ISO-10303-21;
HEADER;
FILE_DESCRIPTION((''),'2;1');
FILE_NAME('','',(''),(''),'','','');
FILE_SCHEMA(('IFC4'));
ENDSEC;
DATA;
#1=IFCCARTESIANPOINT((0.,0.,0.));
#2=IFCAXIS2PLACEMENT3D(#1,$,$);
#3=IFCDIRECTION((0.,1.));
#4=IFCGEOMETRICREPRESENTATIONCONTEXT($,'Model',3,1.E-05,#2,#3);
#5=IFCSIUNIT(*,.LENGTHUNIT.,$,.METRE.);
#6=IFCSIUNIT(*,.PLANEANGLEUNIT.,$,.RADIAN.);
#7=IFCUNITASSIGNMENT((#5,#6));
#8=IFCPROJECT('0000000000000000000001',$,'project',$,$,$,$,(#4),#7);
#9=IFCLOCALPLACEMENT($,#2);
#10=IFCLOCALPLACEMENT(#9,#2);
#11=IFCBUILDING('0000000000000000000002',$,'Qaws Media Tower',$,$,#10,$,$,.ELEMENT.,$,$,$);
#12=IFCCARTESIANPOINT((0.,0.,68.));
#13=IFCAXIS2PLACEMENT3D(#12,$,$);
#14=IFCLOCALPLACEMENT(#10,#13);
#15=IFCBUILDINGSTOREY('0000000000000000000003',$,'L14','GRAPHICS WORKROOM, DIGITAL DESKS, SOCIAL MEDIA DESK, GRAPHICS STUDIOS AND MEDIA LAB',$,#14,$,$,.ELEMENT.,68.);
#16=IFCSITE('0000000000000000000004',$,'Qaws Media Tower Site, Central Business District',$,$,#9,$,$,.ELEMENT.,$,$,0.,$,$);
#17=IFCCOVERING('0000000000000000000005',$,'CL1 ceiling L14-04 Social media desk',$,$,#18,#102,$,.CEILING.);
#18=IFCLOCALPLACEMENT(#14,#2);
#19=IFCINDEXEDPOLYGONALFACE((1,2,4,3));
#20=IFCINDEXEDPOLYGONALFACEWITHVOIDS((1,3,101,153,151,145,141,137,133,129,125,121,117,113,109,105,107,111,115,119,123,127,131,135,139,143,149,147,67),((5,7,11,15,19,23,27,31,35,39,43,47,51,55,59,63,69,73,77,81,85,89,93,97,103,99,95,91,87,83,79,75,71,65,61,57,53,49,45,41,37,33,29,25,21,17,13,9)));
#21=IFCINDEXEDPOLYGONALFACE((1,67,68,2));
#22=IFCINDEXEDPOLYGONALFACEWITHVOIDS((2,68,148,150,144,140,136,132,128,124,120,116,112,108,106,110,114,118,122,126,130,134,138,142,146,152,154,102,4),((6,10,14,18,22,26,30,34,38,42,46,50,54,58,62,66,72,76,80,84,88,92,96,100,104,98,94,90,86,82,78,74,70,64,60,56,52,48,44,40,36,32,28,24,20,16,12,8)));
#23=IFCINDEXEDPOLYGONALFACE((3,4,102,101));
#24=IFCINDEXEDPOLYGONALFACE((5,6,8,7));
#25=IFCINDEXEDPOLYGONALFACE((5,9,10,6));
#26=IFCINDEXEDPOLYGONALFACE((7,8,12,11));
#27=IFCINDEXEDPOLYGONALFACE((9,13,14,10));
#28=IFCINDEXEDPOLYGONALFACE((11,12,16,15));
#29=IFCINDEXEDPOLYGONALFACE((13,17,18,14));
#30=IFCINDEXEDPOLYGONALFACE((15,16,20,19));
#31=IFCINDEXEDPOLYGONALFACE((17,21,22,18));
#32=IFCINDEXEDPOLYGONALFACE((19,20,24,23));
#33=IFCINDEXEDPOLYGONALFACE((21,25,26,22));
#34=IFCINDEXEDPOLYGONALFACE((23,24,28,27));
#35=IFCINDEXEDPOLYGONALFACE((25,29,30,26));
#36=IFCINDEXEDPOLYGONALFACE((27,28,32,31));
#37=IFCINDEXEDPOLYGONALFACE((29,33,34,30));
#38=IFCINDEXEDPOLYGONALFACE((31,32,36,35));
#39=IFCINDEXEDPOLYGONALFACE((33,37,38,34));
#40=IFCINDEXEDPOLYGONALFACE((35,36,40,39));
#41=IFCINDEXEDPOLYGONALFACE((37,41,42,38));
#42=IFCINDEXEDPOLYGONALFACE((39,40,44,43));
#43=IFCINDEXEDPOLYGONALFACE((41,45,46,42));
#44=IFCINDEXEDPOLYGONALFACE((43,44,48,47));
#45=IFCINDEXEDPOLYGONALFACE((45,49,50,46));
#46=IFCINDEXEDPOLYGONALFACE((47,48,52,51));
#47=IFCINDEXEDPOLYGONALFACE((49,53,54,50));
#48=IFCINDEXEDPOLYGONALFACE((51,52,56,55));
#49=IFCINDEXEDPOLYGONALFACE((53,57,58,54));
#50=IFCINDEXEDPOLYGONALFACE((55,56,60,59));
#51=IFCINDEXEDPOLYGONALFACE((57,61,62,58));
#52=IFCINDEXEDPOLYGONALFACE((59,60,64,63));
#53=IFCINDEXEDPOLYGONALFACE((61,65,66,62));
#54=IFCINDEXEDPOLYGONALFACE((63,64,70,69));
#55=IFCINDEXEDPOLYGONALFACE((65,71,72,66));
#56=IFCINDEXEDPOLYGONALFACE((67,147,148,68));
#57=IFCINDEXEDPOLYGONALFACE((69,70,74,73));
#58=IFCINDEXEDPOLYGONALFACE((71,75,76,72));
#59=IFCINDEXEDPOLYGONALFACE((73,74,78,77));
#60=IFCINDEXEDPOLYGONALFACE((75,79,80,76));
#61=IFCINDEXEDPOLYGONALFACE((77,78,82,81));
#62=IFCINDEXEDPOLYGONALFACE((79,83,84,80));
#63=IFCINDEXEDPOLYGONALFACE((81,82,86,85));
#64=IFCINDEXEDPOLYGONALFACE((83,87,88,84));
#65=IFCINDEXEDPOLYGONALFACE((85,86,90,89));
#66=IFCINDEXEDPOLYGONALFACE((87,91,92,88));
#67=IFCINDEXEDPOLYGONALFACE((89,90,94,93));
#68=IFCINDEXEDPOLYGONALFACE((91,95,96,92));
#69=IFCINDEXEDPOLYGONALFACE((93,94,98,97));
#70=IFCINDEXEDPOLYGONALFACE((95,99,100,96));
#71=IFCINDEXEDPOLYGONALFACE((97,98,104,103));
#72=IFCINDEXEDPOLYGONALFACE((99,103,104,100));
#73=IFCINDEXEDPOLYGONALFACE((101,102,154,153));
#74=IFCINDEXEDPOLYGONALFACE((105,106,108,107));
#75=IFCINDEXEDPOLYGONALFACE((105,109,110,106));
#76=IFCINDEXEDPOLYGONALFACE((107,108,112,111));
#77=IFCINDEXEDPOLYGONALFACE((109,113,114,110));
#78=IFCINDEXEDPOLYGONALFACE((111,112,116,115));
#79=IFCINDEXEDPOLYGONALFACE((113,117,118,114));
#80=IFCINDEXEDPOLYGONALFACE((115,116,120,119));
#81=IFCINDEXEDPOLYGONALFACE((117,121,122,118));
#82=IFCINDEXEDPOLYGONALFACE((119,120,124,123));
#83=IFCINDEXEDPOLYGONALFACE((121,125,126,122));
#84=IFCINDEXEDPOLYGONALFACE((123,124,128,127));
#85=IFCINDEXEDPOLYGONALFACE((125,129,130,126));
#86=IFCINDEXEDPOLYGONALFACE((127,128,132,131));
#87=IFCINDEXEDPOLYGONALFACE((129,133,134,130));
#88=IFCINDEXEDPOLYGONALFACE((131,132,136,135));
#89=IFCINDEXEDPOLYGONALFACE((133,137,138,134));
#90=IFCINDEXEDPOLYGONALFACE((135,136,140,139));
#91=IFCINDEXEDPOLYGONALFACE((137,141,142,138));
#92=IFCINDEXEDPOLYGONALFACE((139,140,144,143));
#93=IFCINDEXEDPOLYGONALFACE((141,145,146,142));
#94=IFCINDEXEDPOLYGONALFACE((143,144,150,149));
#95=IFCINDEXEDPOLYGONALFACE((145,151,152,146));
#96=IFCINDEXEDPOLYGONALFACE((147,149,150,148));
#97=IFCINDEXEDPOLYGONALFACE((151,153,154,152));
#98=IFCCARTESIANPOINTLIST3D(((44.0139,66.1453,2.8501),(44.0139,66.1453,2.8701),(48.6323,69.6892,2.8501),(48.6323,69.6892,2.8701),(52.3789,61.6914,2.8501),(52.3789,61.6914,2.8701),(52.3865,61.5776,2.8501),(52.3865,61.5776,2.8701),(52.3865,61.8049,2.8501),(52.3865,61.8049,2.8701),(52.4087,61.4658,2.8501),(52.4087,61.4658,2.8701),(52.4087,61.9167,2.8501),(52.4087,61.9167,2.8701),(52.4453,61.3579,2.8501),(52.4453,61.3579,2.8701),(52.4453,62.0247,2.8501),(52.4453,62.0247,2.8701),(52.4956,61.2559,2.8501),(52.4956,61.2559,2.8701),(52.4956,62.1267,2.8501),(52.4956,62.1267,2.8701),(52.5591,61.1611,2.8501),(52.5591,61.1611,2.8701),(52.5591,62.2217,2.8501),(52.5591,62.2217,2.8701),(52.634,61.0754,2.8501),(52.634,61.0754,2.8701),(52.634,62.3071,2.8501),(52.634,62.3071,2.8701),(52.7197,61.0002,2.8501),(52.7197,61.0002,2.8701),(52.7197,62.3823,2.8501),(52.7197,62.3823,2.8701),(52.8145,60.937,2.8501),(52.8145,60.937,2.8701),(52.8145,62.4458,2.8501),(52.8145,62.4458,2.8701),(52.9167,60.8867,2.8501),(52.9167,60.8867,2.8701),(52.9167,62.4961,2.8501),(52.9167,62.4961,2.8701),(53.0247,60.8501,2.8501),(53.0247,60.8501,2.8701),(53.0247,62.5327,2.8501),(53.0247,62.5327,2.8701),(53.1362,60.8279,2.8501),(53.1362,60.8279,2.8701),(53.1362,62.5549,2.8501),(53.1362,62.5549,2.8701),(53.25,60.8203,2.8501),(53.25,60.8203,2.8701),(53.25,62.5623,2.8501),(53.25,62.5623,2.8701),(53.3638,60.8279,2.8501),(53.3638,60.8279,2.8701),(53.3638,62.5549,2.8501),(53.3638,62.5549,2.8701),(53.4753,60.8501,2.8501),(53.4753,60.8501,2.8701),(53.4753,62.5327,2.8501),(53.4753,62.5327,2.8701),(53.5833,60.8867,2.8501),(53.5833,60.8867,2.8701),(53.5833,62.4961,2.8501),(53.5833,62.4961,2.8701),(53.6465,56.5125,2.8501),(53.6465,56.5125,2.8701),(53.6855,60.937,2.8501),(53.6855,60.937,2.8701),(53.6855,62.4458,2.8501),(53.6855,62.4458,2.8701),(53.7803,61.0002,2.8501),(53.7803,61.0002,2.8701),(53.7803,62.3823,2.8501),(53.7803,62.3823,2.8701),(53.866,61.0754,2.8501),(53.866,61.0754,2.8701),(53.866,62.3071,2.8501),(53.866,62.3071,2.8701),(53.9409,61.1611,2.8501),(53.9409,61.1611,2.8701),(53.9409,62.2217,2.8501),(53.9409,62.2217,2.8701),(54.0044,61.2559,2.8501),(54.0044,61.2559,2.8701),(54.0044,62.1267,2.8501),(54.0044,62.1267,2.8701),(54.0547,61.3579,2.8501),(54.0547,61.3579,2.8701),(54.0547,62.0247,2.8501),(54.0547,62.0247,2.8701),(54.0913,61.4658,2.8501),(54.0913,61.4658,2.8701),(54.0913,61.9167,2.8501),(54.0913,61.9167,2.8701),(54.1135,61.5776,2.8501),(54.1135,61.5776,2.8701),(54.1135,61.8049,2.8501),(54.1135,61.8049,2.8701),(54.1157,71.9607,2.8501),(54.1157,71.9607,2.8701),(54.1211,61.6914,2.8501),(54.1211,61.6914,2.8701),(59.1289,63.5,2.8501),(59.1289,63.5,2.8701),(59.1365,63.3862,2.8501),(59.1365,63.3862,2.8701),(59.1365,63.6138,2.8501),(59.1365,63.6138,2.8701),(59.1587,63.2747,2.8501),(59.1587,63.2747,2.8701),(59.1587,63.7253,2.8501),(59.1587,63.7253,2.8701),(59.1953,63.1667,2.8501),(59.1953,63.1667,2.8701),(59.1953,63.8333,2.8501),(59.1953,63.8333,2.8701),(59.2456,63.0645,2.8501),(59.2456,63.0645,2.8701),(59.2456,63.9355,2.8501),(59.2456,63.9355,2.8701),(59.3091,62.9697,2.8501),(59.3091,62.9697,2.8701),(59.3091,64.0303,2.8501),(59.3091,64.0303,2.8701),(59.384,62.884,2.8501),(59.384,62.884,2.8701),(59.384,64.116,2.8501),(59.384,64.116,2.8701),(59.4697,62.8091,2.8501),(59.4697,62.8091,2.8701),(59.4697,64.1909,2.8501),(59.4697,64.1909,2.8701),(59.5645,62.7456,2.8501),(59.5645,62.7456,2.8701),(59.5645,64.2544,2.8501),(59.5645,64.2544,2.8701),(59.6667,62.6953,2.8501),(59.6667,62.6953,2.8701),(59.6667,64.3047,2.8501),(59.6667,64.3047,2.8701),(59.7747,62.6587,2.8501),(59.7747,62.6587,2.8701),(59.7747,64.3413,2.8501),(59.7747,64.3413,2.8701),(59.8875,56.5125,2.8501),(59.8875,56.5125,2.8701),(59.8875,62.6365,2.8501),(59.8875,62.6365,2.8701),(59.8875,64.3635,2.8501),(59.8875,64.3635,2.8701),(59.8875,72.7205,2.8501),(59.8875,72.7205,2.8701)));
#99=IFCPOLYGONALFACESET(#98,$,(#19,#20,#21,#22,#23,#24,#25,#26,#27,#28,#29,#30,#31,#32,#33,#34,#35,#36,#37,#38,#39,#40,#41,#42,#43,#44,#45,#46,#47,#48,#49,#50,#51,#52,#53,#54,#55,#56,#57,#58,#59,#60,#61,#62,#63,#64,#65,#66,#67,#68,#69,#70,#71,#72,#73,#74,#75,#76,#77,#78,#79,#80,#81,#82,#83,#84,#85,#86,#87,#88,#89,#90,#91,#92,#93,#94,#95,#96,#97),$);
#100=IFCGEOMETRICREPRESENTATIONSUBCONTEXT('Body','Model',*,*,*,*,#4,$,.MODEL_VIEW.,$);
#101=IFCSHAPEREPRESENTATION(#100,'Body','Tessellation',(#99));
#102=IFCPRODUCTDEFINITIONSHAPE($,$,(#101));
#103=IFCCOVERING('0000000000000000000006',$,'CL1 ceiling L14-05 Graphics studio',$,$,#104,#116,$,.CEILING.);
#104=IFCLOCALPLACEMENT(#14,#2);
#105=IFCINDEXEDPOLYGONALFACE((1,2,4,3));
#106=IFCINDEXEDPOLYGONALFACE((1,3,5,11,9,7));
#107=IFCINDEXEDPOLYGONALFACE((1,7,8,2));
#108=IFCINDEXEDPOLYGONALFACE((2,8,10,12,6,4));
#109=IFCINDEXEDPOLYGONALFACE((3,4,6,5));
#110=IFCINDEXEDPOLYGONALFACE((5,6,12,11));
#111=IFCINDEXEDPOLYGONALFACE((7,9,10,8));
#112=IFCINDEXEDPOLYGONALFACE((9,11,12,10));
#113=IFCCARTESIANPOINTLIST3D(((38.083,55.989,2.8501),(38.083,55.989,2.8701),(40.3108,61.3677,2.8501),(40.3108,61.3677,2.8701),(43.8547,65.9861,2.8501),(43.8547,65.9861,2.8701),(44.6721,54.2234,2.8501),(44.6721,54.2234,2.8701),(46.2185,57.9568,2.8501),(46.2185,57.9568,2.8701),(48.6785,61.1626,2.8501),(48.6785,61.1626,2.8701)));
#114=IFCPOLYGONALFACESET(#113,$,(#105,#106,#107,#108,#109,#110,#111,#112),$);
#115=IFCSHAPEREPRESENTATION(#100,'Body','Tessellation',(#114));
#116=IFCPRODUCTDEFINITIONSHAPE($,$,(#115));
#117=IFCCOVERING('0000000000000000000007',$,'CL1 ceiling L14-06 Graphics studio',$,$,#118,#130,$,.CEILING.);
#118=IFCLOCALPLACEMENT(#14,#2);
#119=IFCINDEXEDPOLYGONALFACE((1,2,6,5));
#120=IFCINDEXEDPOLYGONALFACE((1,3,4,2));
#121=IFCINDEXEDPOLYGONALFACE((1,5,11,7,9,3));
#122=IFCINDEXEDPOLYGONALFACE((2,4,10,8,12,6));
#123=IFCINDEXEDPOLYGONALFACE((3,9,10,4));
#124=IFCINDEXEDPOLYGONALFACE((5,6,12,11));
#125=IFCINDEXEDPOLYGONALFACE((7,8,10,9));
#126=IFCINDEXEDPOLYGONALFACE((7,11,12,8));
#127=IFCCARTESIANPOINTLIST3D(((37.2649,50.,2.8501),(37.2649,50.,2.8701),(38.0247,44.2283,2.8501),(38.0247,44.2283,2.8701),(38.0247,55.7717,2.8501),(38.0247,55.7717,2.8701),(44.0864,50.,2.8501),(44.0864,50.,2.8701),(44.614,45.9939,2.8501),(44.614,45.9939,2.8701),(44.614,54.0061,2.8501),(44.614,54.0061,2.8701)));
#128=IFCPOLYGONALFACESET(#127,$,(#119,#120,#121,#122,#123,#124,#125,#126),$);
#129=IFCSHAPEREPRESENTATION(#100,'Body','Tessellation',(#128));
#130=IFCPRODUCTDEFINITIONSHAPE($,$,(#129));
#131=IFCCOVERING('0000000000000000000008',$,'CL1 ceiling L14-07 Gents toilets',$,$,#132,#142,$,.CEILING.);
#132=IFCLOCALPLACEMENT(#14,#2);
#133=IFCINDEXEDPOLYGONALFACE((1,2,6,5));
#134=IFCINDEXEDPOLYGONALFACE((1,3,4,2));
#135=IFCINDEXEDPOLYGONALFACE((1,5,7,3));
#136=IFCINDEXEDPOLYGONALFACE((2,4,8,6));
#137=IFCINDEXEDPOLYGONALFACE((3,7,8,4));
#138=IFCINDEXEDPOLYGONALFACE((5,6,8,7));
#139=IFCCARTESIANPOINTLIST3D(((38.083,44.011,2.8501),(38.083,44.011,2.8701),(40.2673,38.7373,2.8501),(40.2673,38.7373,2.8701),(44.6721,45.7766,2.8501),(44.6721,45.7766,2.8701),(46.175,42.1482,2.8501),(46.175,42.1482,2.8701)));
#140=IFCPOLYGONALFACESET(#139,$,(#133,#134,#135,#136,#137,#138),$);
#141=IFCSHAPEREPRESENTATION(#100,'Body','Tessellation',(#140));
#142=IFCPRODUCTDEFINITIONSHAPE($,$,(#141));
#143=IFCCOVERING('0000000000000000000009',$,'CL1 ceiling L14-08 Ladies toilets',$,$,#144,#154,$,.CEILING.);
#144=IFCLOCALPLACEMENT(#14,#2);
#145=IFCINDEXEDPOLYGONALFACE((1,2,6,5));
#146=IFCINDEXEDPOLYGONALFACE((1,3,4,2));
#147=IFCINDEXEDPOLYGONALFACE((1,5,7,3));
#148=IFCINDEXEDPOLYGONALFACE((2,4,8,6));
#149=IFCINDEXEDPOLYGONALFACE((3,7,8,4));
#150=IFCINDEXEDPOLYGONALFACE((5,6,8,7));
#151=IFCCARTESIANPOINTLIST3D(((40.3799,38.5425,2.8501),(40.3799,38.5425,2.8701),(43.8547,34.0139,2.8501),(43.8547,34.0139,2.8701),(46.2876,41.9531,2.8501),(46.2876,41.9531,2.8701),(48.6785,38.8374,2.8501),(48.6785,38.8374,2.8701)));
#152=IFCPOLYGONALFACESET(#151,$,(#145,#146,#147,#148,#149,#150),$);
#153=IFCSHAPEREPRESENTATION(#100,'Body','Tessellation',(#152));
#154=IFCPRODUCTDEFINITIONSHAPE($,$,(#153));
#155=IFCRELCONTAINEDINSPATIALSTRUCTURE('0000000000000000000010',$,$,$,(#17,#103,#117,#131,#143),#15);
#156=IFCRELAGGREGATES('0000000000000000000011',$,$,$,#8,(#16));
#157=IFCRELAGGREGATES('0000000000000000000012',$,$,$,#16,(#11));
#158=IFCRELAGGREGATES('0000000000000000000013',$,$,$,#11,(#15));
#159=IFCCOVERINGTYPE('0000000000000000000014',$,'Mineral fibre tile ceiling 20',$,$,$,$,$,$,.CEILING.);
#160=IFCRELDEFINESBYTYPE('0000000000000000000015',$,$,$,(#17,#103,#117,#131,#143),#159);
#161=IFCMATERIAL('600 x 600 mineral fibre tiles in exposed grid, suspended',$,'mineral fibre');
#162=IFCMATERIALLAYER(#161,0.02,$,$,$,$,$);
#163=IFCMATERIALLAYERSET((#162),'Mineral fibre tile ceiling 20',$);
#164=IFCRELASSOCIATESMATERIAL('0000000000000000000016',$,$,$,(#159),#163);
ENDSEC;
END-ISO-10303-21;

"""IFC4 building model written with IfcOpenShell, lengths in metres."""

from ifc_helpers import new_model, si_unit, direction, frame, origin, place, context, subcontext, project, spatial, polyline, outline, extrude, material, layer, layer_set, type_object, element, save


model = new_model("IFC4")

# Units and contexts
model_context = context("Model", 3, precision=1e-05, world=origin(), true_north=direction((0.0, 1.0)))
body_context = subcontext(model_context, "Body", "Model", "MODEL_VIEW")
ifc_project = project(units=[si_unit("LENGTHUNIT", "METRE"), si_unit("PLANEANGLEUNIT", "RADIAN")], contexts=[model_context])

# Site, building, storey
site_placement = place(None, origin())
site = spatial("IfcSite", under=ifc_project, at=site_placement, Name="Qaws Media Tower Site, Central Business District", CompositionType="ELEMENT", RefElevation=0.0)
building_placement = place(site_placement, origin())
building = spatial("IfcBuilding", under=site, at=building_placement, Name="Qaws Media Tower", CompositionType="ELEMENT")
storey_placement = place(building_placement, frame((0.0, 0.0, 68.0)))
storey = spatial("IfcBuildingStorey", under=building, at=storey_placement, Name="L14", Description="GRAPHICS WORKROOM, DIGITAL DESKS, SOCIAL MEDIA DESK, GRAPHICS STUDIOS AND MEDIA LAB", CompositionType="ELEMENT", Elevation=68.0)

# Coverings
ifc_material_1 = material(Name="600 x 600 mineral fibre tiles in exposed grid, suspended", Category="mineral fibre")
ifc_layer_1 = layer(ifc_material_1, 0.02)
ifc_layer_set_1 = layer_set([ifc_layer_1], Name="Mineral fibre tile ceiling 20")
covering_type_1 = type_object("IfcCoveringType", Name="Mineral fibre tile ceiling 20", PredefinedType="CEILING", material=ifc_layer_set_1)
covering_1_placement = place(storey_placement, frame((0.0, 0.0, 2.8501)))
element("IfcCovering", 1, at=covering_1_placement, inside=storey, type_object=covering_type_1, Name="CL1 ceiling L14-04 Social media desk", PredefinedType="CEILING", context=body_context, shape_type="SweptSolid", body=[
    extrude(outline(polyline([(48.6323, 69.6892), (54.1157, 71.9607), (59.8875, 72.7205), (59.8875, 64.3635), (59.7747, 64.3413), (59.6667, 64.3047), (59.5645, 64.2544), (59.4697, 64.1909), (59.384, 64.116), (59.3091, 64.0303), (59.2456, 63.9355), (59.1953, 63.8333), (59.1587, 63.7253), (59.1365, 63.6138), (59.1289, 63.5), (59.1365, 63.3862), (59.1587, 63.2747), (59.1953, 63.1667), (59.2456, 63.0645), (59.3091, 62.9697), (59.384, 62.884), (59.4697, 62.8091), (59.5645, 62.7456), (59.6667, 62.6953), (59.7747, 62.6587), (59.8875, 62.6365), (59.8875, 56.5125), (53.6465, 56.5125), (44.0139, 66.1453), (48.6323, 69.6892)]), holes=[polyline([(54.0547, 61.3579), (54.0913, 61.4658), (54.1135, 61.5776), (54.1211, 61.6914), (54.1135, 61.8049), (54.0913, 61.9167), (54.0547, 62.0247), (54.0044, 62.1267), (53.9409, 62.2217), (53.866, 62.3071), (53.7803, 62.3823), (53.6855, 62.4458), (53.5833, 62.4961), (53.4753, 62.5327), (53.3638, 62.5549), (53.25, 62.5623), (53.1362, 62.5549), (53.0247, 62.5327), (52.9167, 62.4961), (52.8145, 62.4458), (52.7197, 62.3823), (52.634, 62.3071), (52.5591, 62.2217), (52.4956, 62.1267), (52.4453, 62.0247), (52.4087, 61.9167), (52.3865, 61.8049), (52.3789, 61.6914), (52.3865, 61.5776), (52.4087, 61.4658), (52.4453, 61.3579), (52.4956, 61.2559), (52.5591, 61.1611), (52.634, 61.0754), (52.7197, 61.0002), (52.8145, 60.937), (52.9167, 60.8867), (53.0247, 60.8501), (53.1362, 60.8279), (53.25, 60.8203), (53.3638, 60.8279), (53.4753, 60.8501), (53.5833, 60.8867), (53.6855, 60.937), (53.7803, 61.0002), (53.866, 61.0754), (53.9409, 61.1611), (54.0044, 61.2559), (54.0547, 61.3579)])]), origin(), (0.0, 0.0, 1.0), 0.02),
])
covering_2_placement = place(storey_placement, frame((0.0, 0.0, 2.8501)))
element("IfcCovering", 2, at=covering_2_placement, inside=storey, type_object=covering_type_1, Name="CL1 ceiling L14-05 Graphics studio", PredefinedType="CEILING", context=body_context, shape_type="SweptSolid", body=[
    extrude(outline(polyline([(40.3108, 61.3677), (43.8547, 65.9861), (48.6785, 61.1626), (46.2185, 57.9568), (44.6721, 54.2234), (38.083, 55.989), (40.3108, 61.3677)])), origin(), (0.0, 0.0, 1.0), 0.02),
])
covering_3_placement = place(storey_placement, frame((0.0, 0.0, 2.8501)))
element("IfcCovering", 3, at=covering_3_placement, inside=storey, type_object=covering_type_1, Name="CL1 ceiling L14-06 Graphics studio", PredefinedType="CEILING", context=body_context, shape_type="SweptSolid", body=[
    extrude(outline(polyline([(37.2649, 50.0), (38.0247, 55.7717), (44.614, 54.0061), (44.0864, 50.0), (44.614, 45.9939), (38.0247, 44.2283), (37.2649, 50.0)])), origin(), (0.0, 0.0, 1.0), 0.02),
])
covering_4_placement = place(storey_placement, frame((0.0, 0.0, 2.8501)))
element("IfcCovering", 4, at=covering_4_placement, inside=storey, type_object=covering_type_1, Name="CL1 ceiling L14-07 Gents toilets", PredefinedType="CEILING", context=body_context, shape_type="SweptSolid", body=[
    extrude(outline(polyline([(38.083, 44.011), (44.6721, 45.7766), (46.175, 42.1482), (40.2673, 38.7373), (38.083, 44.011)])), origin(), (0.0, 0.0, 1.0), 0.02),
])
covering_5_placement = place(storey_placement, frame((0.0, 0.0, 2.8501)))
element("IfcCovering", 5, at=covering_5_placement, inside=storey, type_object=covering_type_1, Name="CL1 ceiling L14-08 Ladies toilets", PredefinedType="CEILING", context=body_context, shape_type="SweptSolid", body=[
    extrude(outline(polyline([(40.3799, 38.5425), (46.2876, 41.9531), (48.6785, 38.8374), (43.8547, 34.0139), (40.3799, 38.5425)])), origin(), (0.0, 0.0, 1.0), 0.02),
])

save(model, "model.ifc")
